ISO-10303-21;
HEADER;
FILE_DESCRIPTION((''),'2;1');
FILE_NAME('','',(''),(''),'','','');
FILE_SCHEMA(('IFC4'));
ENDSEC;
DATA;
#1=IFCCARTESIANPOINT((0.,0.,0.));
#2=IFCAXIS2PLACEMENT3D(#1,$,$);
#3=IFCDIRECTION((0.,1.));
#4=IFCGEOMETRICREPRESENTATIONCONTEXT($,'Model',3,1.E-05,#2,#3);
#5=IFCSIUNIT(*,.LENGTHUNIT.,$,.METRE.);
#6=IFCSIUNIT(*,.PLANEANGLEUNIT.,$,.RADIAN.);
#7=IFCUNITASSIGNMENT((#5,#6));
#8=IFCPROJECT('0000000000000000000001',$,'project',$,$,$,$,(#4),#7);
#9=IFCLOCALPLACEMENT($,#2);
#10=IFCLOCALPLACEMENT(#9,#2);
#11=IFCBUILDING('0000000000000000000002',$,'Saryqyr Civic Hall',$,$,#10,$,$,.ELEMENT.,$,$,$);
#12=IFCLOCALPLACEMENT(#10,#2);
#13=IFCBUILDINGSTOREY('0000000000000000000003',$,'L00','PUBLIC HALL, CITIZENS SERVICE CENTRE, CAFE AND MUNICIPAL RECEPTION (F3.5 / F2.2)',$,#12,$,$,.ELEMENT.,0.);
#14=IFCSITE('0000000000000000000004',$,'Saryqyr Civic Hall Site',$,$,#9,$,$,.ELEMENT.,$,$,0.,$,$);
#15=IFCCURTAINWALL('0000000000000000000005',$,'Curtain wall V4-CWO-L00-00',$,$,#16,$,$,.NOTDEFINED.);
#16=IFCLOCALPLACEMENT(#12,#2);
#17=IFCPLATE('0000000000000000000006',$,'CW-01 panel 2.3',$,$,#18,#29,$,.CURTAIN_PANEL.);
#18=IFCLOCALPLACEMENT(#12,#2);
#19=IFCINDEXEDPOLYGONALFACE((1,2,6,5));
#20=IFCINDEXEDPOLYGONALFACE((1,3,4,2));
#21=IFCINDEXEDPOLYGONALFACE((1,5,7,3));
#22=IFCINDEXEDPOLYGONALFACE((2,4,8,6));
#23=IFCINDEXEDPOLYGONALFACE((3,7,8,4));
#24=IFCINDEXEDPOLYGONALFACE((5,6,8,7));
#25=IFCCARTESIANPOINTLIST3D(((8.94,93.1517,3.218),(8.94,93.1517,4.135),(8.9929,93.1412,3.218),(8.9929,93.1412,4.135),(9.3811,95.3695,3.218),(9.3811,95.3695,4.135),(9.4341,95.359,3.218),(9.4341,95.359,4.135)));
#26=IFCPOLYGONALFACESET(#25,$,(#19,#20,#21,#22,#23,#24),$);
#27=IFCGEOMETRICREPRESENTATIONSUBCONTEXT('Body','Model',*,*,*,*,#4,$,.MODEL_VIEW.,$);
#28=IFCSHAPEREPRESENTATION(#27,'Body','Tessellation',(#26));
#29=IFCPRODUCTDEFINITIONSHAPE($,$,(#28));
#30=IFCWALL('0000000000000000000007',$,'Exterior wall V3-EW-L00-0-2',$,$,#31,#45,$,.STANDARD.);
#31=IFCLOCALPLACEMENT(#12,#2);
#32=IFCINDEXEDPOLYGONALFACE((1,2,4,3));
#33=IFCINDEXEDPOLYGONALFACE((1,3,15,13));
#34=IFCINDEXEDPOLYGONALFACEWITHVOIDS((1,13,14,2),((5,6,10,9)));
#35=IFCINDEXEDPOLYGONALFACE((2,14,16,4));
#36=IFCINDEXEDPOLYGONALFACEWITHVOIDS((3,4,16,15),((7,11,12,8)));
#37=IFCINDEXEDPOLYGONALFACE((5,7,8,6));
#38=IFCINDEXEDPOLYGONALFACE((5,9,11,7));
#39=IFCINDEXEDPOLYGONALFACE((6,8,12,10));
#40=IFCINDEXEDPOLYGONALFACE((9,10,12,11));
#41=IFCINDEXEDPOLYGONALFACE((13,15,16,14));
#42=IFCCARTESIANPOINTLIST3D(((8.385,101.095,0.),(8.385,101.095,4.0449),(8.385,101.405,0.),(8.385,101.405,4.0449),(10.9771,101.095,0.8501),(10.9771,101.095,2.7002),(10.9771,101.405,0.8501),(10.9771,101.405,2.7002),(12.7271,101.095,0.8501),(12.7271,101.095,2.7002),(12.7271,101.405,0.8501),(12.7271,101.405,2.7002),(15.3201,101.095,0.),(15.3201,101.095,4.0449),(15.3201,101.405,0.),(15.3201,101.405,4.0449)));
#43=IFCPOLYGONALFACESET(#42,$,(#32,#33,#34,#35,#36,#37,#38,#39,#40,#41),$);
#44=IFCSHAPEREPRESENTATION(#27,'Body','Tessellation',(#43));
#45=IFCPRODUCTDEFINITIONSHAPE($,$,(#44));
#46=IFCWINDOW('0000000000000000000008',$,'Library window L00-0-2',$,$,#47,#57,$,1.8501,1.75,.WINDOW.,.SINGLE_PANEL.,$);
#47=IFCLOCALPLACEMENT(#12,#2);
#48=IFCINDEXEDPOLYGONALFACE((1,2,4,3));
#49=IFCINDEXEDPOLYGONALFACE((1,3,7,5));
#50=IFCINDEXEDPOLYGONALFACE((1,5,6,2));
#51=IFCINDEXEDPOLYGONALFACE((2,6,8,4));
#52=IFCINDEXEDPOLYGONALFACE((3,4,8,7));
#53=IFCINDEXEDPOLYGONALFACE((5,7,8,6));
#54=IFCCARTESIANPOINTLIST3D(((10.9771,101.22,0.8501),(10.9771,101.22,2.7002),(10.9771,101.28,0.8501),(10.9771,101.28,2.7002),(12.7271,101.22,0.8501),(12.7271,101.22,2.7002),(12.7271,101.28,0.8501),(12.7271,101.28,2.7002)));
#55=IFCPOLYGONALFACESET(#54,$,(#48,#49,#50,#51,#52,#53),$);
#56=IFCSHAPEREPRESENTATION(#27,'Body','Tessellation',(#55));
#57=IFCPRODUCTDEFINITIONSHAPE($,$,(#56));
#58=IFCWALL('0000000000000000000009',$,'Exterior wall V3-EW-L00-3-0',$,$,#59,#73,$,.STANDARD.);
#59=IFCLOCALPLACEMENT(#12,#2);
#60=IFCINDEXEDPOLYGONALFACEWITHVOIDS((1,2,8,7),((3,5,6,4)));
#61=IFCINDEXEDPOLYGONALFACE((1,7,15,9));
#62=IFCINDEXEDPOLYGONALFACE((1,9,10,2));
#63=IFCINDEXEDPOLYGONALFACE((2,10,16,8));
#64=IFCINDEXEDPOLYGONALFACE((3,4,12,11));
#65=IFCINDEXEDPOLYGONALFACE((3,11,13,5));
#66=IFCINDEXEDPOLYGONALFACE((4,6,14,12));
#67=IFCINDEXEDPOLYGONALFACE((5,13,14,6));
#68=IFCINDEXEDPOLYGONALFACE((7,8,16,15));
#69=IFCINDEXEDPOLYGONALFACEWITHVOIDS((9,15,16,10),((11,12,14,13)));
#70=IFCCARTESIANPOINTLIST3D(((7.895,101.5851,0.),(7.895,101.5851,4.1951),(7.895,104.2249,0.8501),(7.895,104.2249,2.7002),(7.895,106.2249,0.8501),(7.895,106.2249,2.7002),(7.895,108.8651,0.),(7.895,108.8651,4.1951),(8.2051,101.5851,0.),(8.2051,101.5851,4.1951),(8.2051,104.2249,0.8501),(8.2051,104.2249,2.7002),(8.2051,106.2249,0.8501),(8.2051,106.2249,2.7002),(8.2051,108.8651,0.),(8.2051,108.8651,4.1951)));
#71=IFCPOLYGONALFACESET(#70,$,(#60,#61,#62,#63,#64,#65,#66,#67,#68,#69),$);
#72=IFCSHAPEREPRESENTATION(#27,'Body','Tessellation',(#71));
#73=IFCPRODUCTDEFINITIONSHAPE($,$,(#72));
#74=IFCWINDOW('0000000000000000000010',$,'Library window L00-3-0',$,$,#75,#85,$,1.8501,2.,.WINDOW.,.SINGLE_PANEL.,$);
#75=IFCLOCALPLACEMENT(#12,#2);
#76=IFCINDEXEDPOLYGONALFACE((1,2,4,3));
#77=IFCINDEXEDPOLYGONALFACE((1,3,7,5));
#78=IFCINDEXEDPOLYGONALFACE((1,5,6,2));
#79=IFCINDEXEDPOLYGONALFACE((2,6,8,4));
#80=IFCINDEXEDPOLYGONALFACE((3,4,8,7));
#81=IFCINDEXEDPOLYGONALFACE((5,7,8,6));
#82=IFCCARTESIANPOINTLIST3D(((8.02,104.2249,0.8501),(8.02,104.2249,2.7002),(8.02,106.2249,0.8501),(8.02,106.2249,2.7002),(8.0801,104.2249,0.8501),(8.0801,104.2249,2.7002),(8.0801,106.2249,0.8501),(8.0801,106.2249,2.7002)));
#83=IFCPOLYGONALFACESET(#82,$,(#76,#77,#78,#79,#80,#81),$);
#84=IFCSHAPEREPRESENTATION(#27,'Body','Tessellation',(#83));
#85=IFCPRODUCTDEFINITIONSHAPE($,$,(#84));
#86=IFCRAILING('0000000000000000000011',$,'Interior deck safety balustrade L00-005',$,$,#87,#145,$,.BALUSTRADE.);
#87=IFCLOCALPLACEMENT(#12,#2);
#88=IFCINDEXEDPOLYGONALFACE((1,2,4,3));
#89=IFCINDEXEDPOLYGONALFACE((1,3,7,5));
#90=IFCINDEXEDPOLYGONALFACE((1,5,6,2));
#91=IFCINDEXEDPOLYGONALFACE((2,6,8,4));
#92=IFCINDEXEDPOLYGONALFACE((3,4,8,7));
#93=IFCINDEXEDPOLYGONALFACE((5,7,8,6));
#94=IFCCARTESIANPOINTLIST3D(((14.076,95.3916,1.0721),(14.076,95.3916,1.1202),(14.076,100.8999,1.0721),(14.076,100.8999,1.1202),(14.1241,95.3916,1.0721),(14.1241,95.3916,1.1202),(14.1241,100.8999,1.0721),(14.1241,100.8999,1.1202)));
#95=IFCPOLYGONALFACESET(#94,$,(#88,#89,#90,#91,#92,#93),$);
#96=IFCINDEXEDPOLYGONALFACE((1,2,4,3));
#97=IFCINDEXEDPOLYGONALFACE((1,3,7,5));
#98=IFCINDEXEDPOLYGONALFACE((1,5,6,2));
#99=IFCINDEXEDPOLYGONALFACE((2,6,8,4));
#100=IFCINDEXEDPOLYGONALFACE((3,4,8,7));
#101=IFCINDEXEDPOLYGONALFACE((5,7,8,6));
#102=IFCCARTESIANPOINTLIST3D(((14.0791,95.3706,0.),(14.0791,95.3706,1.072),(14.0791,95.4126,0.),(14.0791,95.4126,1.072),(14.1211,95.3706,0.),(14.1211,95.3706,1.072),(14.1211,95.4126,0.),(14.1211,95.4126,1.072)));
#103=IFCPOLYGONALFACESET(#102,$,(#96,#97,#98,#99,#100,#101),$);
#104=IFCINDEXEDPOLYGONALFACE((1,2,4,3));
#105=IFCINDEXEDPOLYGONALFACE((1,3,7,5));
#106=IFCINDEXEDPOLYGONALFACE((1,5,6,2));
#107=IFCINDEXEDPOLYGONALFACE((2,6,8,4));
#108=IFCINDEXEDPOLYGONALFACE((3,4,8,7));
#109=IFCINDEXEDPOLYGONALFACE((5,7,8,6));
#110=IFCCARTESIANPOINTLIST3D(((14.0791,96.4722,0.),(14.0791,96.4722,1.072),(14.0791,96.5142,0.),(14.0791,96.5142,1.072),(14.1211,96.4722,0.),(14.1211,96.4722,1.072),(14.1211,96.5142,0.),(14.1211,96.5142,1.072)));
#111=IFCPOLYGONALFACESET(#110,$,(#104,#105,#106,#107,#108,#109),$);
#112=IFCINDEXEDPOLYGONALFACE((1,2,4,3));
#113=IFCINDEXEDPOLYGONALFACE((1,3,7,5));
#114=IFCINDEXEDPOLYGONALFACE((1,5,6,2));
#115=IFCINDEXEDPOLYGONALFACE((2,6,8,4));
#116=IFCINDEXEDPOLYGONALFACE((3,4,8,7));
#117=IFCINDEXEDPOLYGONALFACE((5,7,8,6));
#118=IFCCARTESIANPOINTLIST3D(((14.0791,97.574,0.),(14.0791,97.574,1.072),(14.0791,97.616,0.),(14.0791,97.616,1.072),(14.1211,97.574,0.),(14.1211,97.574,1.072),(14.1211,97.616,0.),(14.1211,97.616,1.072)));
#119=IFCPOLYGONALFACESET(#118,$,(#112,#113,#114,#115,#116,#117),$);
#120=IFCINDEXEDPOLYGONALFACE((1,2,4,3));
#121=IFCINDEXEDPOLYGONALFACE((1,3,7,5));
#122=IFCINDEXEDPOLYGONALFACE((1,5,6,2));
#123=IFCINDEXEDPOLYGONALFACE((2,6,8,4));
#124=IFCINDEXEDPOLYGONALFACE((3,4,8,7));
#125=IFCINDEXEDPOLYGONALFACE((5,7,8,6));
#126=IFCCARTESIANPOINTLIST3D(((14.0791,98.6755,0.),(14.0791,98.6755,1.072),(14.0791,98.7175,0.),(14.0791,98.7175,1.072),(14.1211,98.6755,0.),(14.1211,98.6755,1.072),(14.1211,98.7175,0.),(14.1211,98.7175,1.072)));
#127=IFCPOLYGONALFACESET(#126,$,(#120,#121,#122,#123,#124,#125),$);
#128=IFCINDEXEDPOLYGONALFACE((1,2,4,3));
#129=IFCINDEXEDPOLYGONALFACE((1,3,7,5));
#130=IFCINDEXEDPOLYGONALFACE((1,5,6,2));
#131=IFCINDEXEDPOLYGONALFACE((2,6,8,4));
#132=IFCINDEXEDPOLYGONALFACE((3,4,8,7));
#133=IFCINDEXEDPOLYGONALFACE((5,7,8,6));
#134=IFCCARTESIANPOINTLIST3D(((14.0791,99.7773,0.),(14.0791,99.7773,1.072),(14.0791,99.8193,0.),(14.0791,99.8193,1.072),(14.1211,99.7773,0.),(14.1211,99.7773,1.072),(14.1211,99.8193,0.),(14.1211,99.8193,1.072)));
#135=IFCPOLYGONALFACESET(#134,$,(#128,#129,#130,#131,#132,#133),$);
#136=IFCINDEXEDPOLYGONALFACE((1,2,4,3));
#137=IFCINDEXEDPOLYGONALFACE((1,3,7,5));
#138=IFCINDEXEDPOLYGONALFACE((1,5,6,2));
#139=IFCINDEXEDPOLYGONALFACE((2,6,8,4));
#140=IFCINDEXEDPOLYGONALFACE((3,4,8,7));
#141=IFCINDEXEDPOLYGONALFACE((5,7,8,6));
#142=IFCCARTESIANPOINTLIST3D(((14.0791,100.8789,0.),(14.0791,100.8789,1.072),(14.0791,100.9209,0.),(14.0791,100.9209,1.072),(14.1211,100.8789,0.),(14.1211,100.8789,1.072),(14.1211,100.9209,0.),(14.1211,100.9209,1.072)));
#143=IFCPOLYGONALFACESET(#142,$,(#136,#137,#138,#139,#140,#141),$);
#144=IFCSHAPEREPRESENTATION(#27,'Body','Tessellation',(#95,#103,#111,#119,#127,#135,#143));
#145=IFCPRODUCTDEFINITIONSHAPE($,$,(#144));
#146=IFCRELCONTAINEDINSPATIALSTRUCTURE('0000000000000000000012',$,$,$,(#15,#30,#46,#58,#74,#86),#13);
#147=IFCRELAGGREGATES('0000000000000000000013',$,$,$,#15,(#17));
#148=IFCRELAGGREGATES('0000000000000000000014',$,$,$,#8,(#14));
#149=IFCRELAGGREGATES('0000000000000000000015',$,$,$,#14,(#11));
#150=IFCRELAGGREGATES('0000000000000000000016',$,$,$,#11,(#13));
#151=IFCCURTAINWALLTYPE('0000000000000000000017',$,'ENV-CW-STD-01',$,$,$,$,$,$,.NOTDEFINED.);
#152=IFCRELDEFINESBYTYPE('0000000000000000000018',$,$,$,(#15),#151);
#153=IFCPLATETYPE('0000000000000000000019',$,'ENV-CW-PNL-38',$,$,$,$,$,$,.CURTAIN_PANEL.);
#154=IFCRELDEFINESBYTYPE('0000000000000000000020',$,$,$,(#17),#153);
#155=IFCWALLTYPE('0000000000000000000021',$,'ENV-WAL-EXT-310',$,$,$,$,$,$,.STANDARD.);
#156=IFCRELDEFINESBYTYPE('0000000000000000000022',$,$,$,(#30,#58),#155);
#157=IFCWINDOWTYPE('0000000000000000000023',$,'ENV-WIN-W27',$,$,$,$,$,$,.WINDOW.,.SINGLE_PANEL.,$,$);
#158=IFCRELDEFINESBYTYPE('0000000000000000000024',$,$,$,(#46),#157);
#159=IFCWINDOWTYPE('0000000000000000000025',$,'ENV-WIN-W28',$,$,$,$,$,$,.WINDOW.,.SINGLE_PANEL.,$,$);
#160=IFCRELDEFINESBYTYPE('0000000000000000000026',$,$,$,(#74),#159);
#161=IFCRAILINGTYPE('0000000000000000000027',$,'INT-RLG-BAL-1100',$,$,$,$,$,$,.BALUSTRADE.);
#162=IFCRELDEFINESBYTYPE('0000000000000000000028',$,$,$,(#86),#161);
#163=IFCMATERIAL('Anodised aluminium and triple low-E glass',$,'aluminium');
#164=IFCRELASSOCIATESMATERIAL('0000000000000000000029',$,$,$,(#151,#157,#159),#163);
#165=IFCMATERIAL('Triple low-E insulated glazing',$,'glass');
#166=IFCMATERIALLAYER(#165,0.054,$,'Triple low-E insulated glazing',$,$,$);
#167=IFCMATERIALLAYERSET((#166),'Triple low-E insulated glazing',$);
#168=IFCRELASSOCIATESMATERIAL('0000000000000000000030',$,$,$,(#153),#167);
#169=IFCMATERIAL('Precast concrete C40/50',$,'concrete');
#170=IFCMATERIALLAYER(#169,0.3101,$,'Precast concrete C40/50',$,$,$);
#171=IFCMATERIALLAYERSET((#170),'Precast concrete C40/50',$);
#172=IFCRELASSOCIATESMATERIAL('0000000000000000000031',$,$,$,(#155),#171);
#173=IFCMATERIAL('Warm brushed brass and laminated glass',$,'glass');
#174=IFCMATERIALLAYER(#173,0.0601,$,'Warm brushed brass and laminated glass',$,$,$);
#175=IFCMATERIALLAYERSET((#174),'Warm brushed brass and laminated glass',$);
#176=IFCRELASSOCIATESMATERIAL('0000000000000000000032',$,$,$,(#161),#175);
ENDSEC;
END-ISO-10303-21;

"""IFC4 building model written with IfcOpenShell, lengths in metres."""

from ifc_helpers import new_model, si_unit, direction, frame, frame_2d, origin, origin_2d, place, context, subcontext, project, spatial, rectangle, extrude, material, layer, layer_set, type_object, element, fill, aggregate, save


model = new_model("IFC4")

# Units and contexts
model_context = context("Model", 3, precision=1e-05, world=origin(), true_north=direction((0.0, 1.0)))
body_context = subcontext(model_context, "Body", "Model", "MODEL_VIEW")
ifc_project = project(units=[si_unit("LENGTHUNIT", "METRE"), si_unit("PLANEANGLEUNIT", "RADIAN")], contexts=[model_context])

# Site, building, storey
site_placement = place(None, origin())
site = spatial("IfcSite", under=ifc_project, at=site_placement, Name="Saryqyr Civic Hall Site", CompositionType="ELEMENT", RefElevation=0.0)
building_placement = place(site_placement, origin())
building = spatial("IfcBuilding", under=site, at=building_placement, Name="Saryqyr Civic Hall", CompositionType="ELEMENT")
storey_placement = place(building_placement, origin())
storey = spatial("IfcBuildingStorey", under=building, at=storey_placement, Name="L00", Description="PUBLIC HALL, CITIZENS SERVICE CENTRE, CAFE AND MUNICIPAL RECEPTION (F3.5 / F2.2)", CompositionType="ELEMENT", Elevation=0.0)

# Curtain wall
ifc_material_1 = material(Name="Anodised aluminium and triple low-E glass", Category="aluminium")
curtain_wall_type_1 = type_object("IfcCurtainWallType", Name="ENV-CW-STD-01", PredefinedType="NOTDEFINED", material=ifc_material_1)
curtain_wall_1_placement = place(storey_placement, origin())
curtain_wall_1 = element("IfcCurtainWall", 1, at=curtain_wall_1_placement, inside=storey, type_object=curtain_wall_type_1, Name="Curtain wall V4-CWO-L00-00", PredefinedType="NOTDEFINED")

# Plate
ifc_material_2 = material(Name="Triple low-E insulated glazing", Category="glass")
ifc_layer_1 = layer(ifc_material_2, 0.054, Name="Triple low-E insulated glazing")
ifc_layer_set_1 = layer_set([ifc_layer_1], Name="Triple low-E insulated glazing")
plate_type = type_object("IfcPlateType", Name="ENV-CW-PNL-38", PredefinedType="CURTAIN_PANEL", material=ifc_layer_set_1)
plate_1_placement = place(storey_placement, frame((9.187, 94.2554, 3.218), z_axis=(0.0, 0.0, 1.0), x_axis=(0.195102, 0.980783, 0.0)))
plate_1 = element("IfcPlate", 2, at=plate_1_placement, type_object=plate_type, Name="CW-01 panel 2.3", PredefinedType="CURTAIN_PANEL", context=body_context, shape_type="SweptSolid", body=[
    extrude(rectangle(XDim=2.2612, YDim=0.054, at=origin_2d()), origin(), (0.0, 0.0, 1.0), 0.917),
])
aggregate(curtain_wall_1, [plate_1])

# Walls, openings, windows
ifc_material_3 = material(Name="Precast concrete C40/50", Category="concrete")
ifc_layer_2 = layer(ifc_material_3, 0.3101, Name="Precast concrete C40/50")
ifc_layer_set_2 = layer_set([ifc_layer_2], Name="Precast concrete C40/50")
wall_type = type_object("IfcWallType", Name="ENV-WAL-EXT-310", PredefinedType="STANDARD", material=ifc_layer_set_2)
wall_1_placement = place(storey_placement, frame((15.3201, 101.25, 0.0), z_axis=(0.0, 0.0, 1.0), x_axis=(-1.0, 0.0, 0.0)))
wall_1 = element("IfcWall", 3, at=wall_1_placement, inside=storey, type_object=wall_type, Name="Exterior wall V3-EW-L00-0-2", PredefinedType="STANDARD", context=body_context, shape_type="SweptSolid", body=[
    extrude(rectangle(XDim=6.9351, YDim=0.3101, at=frame_2d((3.4675, 0.0))), origin(), (0.0, 0.0, 1.0), 4.0449),
])
opening_1_placement = place(wall_1_placement, frame((2.593, 0.0, 0.8501)))
opening_1 = element("IfcOpeningElement", 4, at=opening_1_placement, cuts=wall_1, PredefinedType="OPENING", context=body_context, shape_type="SweptSolid", body=[
    extrude(rectangle(XDim=1.75, YDim=1.8501, at=frame_2d((0.875, 0.925))), frame((0.0, 0.165, 0.0), z_axis=(0.0, -1.0, 0.0), x_axis=(1.0, 0.0, 0.0)), (0.0, 0.0, 1.0), 0.3301),
])
window_type_1 = type_object("IfcWindowType", Name="ENV-WIN-W27", PartitioningType="SINGLE_PANEL", PredefinedType="WINDOW", material=ifc_material_1)
window_1_placement = place(opening_1_placement, origin())
window_1 = element("IfcWindow", 5, at=window_1_placement, inside=storey, type_object=window_type_1, Name="Library window L00-0-2", OverallHeight=1.8501, OverallWidth=1.75, PartitioningType="SINGLE_PANEL", PredefinedType="WINDOW", context=body_context, shape_type="SweptSolid", body=[
    extrude(rectangle(XDim=1.75, YDim=1.8501, at=frame_2d((0.875, 0.925))), frame((0.0, 0.03, 0.0), z_axis=(0.0, -1.0, 0.0), x_axis=(1.0, 0.0, 0.0)), (0.0, 0.0, 1.0), 0.0601),
])
fill(opening_1, window_1)
wall_2_placement = place(storey_placement, frame((8.05, 101.585, 0.0), z_axis=(0.0, 0.0, 1.0), x_axis=(0.0, 1.0, 0.0)))
wall_2 = element("IfcWall", 6, at=wall_2_placement, inside=storey, type_object=wall_type, Name="Exterior wall V3-EW-L00-3-0", PredefinedType="STANDARD", context=body_context, shape_type="SweptSolid", body=[
    extrude(rectangle(XDim=7.28, YDim=0.3101, at=frame_2d((3.6401, 0.0))), origin(), (0.0, 0.0, 1.0), 4.1951),
])
opening_2_placement = place(wall_2_placement, frame((2.6399, 0.0, 0.8501)))
opening_2 = element("IfcOpeningElement", 7, at=opening_2_placement, cuts=wall_2, PredefinedType="OPENING", context=body_context, shape_type="SweptSolid", body=[
    extrude(rectangle(XDim=2.0, YDim=1.8501, at=frame_2d((1.0, 0.925))), frame((0.0, 0.165, 0.0), z_axis=(0.0, -1.0, 0.0), x_axis=(1.0, 0.0, 0.0)), (0.0, 0.0, 1.0), 0.3301),
])
window_type_2 = type_object("IfcWindowType", Name="ENV-WIN-W28", PartitioningType="SINGLE_PANEL", PredefinedType="WINDOW", material=ifc_material_1)
window_2_placement = place(opening_2_placement, origin())
window_2 = element("IfcWindow", 8, at=window_2_placement, inside=storey, type_object=window_type_2, Name="Library window L00-3-0", OverallHeight=1.8501, OverallWidth=2.0, PartitioningType="SINGLE_PANEL", PredefinedType="WINDOW", context=body_context, shape_type="SweptSolid", body=[
    extrude(rectangle(XDim=2.0, YDim=1.8501, at=frame_2d((1.0, 0.925))), frame((0.0, 0.03, 0.0), z_axis=(0.0, -1.0, 0.0), x_axis=(1.0, 0.0, 0.0)), (0.0, 0.0, 1.0), 0.0601),
])
fill(opening_2, window_2)

# Railing
ifc_material_4 = material(Name="Warm brushed brass and laminated glass", Category="glass")
ifc_layer_3 = layer(ifc_material_4, 0.0601, Name="Warm brushed brass and laminated glass")
ifc_layer_set_3 = layer_set([ifc_layer_3], Name="Warm brushed brass and laminated glass")
railing_type = type_object("IfcRailingType", Name="INT-RLG-BAL-1100", PredefinedType="BALUSTRADE", material=ifc_layer_set_3)
railing_1_placement = place(storey_placement, frame((14.1001, 95.3916, 0.0)))
element("IfcRailing", 9, at=railing_1_placement, inside=storey, type_object=railing_type, Name="Interior deck safety balustrade L00-005", PredefinedType="BALUSTRADE", context=body_context, shape_type="SweptSolid", body=[
    extrude(rectangle(XDim=0.0481, YDim=0.0481, at=origin_2d()), frame((0.0, 0.0, 1.0962), z_axis=(0.0, 1.0, 0.0), x_axis=(-1.0, 0.0, 0.0)), (0.0, 0.0, 1.0), 5.5083),
    extrude(rectangle(XDim=0.042, YDim=0.042, at=origin_2d()), origin(), (0.0, 0.0, 1.0), 1.072),
    extrude(rectangle(XDim=0.042, YDim=0.042, at=origin_2d()), frame((0.0, 1.1016, 0.0)), (0.0, 0.0, 1.0), 1.072),
    extrude(rectangle(XDim=0.042, YDim=0.042, at=origin_2d()), frame((0.0, 2.2034, 0.0)), (0.0, 0.0, 1.0), 1.072),
    extrude(rectangle(XDim=0.042, YDim=0.042, at=origin_2d()), frame((0.0, 3.3049, 0.0)), (0.0, 0.0, 1.0), 1.072),
    extrude(rectangle(XDim=0.042, YDim=0.042, at=origin_2d()), frame((0.0, 4.4067, 0.0)), (0.0, 0.0, 1.0), 1.072),
    extrude(rectangle(XDim=0.042, YDim=0.042, at=origin_2d()), frame((0.0, 5.5083, 0.0)), (0.0, 0.0, 1.0), 1.072),
])

save(model, "model.ifc")
